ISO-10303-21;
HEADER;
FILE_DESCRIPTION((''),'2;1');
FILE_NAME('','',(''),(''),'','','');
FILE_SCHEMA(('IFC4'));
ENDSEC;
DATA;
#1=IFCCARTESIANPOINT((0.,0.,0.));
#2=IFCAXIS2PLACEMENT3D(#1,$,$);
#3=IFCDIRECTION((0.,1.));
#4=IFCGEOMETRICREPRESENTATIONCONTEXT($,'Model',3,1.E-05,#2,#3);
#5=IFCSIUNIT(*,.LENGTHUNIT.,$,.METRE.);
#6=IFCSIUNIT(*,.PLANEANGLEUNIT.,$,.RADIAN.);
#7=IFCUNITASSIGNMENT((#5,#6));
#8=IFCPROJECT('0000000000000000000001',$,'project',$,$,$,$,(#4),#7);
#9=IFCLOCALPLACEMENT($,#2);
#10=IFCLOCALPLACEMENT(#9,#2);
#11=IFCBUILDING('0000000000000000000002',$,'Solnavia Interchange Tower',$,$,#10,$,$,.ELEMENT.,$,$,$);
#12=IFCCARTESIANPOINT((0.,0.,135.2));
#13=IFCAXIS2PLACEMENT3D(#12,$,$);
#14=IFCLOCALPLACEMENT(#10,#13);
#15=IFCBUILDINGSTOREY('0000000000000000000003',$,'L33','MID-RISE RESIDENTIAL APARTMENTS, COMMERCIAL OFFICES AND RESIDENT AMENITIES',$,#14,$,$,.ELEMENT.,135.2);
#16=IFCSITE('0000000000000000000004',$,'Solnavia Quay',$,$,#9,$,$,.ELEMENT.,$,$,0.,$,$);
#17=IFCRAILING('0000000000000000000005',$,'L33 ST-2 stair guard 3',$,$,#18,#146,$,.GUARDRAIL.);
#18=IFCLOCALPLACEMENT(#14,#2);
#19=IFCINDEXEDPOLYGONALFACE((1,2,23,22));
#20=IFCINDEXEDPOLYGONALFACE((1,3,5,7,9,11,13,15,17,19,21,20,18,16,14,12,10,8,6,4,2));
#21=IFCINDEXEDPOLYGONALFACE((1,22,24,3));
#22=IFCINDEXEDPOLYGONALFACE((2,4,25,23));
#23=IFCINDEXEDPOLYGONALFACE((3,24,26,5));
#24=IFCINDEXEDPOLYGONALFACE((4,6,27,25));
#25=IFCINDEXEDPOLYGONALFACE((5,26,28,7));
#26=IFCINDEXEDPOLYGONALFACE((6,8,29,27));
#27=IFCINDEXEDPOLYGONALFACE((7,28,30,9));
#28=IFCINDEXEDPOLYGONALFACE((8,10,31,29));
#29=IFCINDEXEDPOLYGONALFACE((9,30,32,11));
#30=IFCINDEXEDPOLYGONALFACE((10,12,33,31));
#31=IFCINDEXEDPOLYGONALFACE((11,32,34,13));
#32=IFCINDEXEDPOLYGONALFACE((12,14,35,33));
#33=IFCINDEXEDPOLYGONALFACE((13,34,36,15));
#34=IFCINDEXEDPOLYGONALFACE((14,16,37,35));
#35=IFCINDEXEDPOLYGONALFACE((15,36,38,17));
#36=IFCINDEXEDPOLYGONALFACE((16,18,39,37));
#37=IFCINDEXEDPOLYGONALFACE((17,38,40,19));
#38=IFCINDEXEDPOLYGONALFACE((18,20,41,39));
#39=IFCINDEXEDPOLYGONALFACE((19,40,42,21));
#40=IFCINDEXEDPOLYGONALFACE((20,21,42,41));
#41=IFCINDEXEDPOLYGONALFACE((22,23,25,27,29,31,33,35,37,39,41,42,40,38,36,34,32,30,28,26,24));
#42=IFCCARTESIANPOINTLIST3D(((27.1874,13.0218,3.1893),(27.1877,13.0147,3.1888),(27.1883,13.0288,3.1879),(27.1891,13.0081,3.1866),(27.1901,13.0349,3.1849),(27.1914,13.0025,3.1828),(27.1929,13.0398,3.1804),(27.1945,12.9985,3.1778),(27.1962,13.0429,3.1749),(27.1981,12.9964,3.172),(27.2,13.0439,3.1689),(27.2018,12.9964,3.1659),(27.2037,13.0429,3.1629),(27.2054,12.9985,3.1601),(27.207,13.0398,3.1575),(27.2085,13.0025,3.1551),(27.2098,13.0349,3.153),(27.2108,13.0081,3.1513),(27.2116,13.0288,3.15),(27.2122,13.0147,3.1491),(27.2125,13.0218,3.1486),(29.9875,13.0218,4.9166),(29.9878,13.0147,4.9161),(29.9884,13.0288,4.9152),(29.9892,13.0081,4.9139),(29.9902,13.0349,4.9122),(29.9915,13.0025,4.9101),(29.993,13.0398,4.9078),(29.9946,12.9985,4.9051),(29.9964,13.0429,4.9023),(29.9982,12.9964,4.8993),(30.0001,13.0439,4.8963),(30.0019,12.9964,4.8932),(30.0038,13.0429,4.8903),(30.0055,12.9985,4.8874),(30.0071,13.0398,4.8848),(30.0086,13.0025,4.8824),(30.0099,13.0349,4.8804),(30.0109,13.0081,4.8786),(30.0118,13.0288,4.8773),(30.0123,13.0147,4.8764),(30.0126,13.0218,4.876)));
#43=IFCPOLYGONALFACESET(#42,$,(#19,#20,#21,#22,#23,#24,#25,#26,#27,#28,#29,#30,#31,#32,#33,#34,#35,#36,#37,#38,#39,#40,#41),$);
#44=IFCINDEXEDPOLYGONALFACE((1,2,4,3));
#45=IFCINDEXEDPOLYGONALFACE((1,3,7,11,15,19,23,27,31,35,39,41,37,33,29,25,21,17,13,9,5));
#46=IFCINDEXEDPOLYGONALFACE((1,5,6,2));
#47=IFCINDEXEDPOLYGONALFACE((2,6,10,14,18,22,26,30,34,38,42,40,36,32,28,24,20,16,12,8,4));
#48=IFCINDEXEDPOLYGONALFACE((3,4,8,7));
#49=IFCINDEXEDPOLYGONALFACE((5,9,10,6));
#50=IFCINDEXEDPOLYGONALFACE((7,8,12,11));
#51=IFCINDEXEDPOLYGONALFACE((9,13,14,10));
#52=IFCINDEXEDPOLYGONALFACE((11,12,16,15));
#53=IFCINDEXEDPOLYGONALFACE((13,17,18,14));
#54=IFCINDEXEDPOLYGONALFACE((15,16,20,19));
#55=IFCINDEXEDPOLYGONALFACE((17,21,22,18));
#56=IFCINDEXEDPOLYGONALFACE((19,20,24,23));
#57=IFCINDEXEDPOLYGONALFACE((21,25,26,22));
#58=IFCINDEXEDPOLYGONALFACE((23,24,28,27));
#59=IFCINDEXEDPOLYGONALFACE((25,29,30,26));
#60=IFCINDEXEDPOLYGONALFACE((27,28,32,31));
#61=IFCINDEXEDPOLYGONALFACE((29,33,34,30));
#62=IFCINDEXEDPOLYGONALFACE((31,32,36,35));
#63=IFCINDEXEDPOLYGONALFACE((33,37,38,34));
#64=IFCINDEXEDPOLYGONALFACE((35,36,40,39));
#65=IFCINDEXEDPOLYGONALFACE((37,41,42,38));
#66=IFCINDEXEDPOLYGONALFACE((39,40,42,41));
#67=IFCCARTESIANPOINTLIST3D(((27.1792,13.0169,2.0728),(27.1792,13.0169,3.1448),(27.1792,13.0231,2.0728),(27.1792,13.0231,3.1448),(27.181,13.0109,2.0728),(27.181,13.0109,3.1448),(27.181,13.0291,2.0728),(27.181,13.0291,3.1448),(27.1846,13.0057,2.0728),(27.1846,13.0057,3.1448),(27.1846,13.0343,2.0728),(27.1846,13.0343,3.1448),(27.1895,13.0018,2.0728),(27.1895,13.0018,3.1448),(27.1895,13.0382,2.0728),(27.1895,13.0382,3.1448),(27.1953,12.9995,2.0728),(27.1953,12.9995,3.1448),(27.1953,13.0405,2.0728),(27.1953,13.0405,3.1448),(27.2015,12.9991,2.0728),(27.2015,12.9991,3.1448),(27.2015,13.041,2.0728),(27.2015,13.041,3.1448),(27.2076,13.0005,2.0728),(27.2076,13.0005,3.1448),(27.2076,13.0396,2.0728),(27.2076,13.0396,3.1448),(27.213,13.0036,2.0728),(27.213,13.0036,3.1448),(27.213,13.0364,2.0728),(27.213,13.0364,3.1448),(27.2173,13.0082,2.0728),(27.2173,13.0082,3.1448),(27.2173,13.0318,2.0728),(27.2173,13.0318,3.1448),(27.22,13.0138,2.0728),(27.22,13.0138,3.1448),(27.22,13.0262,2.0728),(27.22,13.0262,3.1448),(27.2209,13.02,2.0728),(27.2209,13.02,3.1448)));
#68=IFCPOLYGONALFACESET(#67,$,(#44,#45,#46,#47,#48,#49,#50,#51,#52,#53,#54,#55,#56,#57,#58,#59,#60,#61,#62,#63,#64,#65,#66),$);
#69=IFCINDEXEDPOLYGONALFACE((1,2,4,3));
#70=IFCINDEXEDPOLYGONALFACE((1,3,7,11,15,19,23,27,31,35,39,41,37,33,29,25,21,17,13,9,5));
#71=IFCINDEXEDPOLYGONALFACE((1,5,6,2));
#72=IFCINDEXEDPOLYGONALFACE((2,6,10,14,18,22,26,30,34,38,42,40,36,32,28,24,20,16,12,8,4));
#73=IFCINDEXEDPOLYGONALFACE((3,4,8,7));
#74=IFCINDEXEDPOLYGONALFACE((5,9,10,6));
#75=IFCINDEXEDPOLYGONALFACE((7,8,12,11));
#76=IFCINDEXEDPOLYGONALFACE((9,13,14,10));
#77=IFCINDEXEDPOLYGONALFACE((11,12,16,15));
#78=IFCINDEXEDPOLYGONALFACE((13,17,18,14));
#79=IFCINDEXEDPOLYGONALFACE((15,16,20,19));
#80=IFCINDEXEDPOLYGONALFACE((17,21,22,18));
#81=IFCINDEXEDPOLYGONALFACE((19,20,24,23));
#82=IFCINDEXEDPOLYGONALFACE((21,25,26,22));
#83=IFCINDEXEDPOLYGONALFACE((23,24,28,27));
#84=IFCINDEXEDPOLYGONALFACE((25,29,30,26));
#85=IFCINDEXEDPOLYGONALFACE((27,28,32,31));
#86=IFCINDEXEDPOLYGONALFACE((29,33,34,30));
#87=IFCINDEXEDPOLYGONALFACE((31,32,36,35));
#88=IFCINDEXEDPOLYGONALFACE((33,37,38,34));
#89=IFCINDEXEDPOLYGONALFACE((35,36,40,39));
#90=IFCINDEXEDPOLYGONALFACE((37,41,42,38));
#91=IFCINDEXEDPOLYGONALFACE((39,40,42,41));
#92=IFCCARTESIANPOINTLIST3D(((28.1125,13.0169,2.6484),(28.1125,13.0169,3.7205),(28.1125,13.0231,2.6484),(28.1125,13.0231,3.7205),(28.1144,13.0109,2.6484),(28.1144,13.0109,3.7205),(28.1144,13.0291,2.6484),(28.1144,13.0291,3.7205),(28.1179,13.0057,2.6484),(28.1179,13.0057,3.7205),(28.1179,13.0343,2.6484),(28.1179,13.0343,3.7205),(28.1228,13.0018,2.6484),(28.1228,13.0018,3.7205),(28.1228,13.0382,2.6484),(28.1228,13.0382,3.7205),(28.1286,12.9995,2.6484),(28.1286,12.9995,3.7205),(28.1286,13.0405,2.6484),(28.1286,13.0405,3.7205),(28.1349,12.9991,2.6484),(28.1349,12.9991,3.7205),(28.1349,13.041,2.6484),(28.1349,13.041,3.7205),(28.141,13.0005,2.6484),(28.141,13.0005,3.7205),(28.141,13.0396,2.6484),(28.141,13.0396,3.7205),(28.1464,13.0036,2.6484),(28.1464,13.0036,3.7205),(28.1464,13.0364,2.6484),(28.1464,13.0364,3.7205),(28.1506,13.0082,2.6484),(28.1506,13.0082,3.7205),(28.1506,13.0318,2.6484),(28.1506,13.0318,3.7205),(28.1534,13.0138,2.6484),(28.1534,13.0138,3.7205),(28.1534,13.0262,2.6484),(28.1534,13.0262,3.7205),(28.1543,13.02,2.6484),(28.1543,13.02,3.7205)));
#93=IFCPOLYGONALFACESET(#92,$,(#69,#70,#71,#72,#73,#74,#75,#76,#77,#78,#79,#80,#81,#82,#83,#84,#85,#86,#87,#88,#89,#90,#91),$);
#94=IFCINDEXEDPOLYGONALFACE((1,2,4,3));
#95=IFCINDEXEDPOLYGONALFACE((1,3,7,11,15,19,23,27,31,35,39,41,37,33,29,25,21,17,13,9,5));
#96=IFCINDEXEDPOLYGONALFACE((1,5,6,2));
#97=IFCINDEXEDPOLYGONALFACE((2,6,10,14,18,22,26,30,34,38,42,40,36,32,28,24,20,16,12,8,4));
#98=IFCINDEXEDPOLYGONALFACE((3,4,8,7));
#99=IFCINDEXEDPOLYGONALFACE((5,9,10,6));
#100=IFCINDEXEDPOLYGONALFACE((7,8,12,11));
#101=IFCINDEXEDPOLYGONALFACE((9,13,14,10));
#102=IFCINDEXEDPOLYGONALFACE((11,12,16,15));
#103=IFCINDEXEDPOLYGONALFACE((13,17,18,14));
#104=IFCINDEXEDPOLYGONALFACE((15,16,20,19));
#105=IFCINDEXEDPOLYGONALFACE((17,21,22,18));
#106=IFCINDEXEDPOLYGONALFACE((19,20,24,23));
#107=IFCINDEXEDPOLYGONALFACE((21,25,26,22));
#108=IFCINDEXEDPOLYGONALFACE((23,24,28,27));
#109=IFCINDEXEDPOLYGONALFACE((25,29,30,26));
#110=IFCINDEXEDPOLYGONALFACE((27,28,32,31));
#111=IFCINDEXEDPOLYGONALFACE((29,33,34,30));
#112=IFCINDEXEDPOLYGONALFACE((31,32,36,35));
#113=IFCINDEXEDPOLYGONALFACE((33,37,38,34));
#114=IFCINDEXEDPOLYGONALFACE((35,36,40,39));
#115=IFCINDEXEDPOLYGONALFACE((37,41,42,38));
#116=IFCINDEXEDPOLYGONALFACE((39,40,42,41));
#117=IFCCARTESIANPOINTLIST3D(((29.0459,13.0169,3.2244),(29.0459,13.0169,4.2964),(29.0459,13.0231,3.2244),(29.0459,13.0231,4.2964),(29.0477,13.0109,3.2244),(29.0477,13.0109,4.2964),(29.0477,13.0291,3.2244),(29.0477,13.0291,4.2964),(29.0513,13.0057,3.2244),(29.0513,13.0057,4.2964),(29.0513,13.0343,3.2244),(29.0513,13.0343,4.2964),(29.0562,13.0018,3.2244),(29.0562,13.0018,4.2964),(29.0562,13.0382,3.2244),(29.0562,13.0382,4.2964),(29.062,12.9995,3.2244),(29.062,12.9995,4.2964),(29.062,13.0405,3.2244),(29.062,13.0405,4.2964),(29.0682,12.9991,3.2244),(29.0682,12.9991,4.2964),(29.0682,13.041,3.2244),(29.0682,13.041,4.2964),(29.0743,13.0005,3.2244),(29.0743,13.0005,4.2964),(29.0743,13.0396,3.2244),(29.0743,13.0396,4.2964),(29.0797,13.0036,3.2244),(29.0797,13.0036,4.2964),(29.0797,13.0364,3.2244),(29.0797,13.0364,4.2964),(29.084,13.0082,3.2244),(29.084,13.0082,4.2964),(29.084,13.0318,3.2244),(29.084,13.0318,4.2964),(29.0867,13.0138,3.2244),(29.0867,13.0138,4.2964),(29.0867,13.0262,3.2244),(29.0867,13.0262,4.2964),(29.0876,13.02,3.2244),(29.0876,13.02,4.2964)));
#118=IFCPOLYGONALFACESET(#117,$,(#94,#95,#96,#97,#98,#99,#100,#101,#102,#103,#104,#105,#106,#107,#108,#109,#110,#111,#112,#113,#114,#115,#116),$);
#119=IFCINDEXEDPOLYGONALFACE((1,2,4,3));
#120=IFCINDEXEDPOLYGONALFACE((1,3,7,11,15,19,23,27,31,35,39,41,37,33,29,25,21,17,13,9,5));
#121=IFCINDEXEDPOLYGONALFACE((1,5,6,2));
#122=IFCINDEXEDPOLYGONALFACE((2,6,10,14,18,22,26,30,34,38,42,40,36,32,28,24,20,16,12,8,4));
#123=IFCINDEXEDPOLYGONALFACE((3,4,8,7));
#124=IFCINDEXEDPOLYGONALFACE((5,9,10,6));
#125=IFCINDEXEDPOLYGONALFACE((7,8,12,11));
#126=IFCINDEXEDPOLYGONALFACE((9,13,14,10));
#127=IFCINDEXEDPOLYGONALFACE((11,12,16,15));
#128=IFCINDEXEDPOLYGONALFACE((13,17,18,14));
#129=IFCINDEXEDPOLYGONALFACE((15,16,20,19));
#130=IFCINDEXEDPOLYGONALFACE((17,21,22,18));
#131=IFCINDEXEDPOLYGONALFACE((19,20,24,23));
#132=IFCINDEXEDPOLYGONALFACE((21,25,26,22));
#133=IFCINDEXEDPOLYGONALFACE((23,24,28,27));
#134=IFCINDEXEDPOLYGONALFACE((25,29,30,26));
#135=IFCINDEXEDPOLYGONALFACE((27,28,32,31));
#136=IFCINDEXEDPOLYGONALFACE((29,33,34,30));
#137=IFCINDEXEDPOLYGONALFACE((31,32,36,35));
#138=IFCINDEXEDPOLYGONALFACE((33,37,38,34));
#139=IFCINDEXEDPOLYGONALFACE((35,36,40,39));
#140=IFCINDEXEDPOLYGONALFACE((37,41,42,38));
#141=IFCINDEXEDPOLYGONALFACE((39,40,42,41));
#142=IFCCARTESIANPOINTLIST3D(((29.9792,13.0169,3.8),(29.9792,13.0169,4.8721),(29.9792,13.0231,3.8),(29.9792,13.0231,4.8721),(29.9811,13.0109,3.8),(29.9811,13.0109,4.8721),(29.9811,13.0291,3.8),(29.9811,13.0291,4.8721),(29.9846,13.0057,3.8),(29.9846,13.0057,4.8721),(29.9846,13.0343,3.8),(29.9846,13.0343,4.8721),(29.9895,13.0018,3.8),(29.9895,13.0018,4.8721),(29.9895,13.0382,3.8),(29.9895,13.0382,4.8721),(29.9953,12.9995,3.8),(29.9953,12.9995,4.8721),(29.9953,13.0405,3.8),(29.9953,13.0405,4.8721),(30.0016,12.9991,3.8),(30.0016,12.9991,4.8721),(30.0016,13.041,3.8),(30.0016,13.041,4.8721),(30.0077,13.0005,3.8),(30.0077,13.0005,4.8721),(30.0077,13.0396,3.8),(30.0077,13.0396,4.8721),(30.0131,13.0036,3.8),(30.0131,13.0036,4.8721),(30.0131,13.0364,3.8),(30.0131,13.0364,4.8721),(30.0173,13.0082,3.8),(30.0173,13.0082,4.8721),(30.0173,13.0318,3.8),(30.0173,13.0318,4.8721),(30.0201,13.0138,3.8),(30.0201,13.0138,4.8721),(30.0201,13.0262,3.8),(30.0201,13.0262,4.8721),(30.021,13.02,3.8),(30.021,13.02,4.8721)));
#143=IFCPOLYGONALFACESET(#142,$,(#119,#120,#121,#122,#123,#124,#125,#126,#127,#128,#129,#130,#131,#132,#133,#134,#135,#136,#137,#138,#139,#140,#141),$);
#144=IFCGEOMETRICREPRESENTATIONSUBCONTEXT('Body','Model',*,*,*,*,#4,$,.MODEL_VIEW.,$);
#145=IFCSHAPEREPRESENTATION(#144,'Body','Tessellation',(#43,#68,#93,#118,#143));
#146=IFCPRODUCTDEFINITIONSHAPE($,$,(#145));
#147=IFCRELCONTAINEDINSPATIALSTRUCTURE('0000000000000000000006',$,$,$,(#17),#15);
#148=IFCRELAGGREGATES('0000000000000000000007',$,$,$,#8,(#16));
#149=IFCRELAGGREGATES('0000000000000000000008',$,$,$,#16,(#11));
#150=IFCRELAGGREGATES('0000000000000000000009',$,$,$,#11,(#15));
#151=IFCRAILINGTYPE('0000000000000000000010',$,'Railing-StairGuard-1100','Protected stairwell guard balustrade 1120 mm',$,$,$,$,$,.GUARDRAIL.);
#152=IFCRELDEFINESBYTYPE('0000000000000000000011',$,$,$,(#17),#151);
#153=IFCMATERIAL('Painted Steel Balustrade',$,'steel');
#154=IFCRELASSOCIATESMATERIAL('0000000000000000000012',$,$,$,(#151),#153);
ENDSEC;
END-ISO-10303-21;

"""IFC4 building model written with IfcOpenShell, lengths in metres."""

from ifc_helpers import new_model, si_unit, direction, frame, origin, origin_2d, place, context, subcontext, project, spatial, circle, extrude, material, type_object, element, save


model = new_model("IFC4")

# Units and contexts
model_context = context("Model", 3, precision=1e-05, world=origin(), true_north=direction((0.0, 1.0)))
body_context = subcontext(model_context, "Body", "Model", "MODEL_VIEW")
ifc_project = project(units=[si_unit("LENGTHUNIT", "METRE"), si_unit("PLANEANGLEUNIT", "RADIAN")], contexts=[model_context])

# Site, building, storey
site_placement = place(None, origin())
site = spatial("IfcSite", under=ifc_project, at=site_placement, Name="Solnavia Quay", CompositionType="ELEMENT", RefElevation=0.0)
building_placement = place(site_placement, origin())
building = spatial("IfcBuilding", under=site, at=building_placement, Name="Solnavia Interchange Tower", CompositionType="ELEMENT")
storey_placement = place(building_placement, frame((0.0, 0.0, 135.2)))
storey = spatial("IfcBuildingStorey", under=building, at=storey_placement, Name="L33", Description="MID-RISE RESIDENTIAL APARTMENTS, COMMERCIAL OFFICES AND RESIDENT AMENITIES", CompositionType="ELEMENT", Elevation=135.2)

# Railing
ifc_material_1 = material(Name="Painted Steel Balustrade", Category="steel")
railing_type_1 = type_object("IfcRailingType", Name="Railing-StairGuard-1100", Description="Protected stairwell guard balustrade 1120 mm", PredefinedType="GUARDRAIL", material=ifc_material_1)
railing_1_placement = place(storey_placement, frame((27.2, 13.02, 2.0728)))
element("IfcRailing", 1, at=railing_1_placement, inside=storey, type_object=railing_type_1, Name="L33 ST-2 stair guard 3", PredefinedType="GUARDRAIL", context=body_context, shape_type="SweptSolid", body=[
    extrude(circle(Radius=0.0239, at=origin_2d()), frame((0.0, 0.0, 1.0962), z_axis=(0.85109, 0.0, 0.52502), x_axis=(0.0, 1.0, 0.0)), (0.0, 0.0, 1.0), 3.29),
    extrude(circle(Radius=0.021, at=origin_2d()), origin(), (0.0, 0.0, 1.0), 1.072),
    extrude(circle(Radius=0.021, at=origin_2d()), frame((0.9333, 0.0, 0.5757)), (0.0, 0.0, 1.0), 1.072),
    extrude(circle(Radius=0.021, at=origin_2d()), frame((1.8667, 0.0, 1.1516)), (0.0, 0.0, 1.0), 1.072),
    extrude(circle(Radius=0.021, at=origin_2d()), frame((2.8, 0.0, 1.7273)), (0.0, 0.0, 1.0), 1.072),
])

save(model, "model.ifc")
